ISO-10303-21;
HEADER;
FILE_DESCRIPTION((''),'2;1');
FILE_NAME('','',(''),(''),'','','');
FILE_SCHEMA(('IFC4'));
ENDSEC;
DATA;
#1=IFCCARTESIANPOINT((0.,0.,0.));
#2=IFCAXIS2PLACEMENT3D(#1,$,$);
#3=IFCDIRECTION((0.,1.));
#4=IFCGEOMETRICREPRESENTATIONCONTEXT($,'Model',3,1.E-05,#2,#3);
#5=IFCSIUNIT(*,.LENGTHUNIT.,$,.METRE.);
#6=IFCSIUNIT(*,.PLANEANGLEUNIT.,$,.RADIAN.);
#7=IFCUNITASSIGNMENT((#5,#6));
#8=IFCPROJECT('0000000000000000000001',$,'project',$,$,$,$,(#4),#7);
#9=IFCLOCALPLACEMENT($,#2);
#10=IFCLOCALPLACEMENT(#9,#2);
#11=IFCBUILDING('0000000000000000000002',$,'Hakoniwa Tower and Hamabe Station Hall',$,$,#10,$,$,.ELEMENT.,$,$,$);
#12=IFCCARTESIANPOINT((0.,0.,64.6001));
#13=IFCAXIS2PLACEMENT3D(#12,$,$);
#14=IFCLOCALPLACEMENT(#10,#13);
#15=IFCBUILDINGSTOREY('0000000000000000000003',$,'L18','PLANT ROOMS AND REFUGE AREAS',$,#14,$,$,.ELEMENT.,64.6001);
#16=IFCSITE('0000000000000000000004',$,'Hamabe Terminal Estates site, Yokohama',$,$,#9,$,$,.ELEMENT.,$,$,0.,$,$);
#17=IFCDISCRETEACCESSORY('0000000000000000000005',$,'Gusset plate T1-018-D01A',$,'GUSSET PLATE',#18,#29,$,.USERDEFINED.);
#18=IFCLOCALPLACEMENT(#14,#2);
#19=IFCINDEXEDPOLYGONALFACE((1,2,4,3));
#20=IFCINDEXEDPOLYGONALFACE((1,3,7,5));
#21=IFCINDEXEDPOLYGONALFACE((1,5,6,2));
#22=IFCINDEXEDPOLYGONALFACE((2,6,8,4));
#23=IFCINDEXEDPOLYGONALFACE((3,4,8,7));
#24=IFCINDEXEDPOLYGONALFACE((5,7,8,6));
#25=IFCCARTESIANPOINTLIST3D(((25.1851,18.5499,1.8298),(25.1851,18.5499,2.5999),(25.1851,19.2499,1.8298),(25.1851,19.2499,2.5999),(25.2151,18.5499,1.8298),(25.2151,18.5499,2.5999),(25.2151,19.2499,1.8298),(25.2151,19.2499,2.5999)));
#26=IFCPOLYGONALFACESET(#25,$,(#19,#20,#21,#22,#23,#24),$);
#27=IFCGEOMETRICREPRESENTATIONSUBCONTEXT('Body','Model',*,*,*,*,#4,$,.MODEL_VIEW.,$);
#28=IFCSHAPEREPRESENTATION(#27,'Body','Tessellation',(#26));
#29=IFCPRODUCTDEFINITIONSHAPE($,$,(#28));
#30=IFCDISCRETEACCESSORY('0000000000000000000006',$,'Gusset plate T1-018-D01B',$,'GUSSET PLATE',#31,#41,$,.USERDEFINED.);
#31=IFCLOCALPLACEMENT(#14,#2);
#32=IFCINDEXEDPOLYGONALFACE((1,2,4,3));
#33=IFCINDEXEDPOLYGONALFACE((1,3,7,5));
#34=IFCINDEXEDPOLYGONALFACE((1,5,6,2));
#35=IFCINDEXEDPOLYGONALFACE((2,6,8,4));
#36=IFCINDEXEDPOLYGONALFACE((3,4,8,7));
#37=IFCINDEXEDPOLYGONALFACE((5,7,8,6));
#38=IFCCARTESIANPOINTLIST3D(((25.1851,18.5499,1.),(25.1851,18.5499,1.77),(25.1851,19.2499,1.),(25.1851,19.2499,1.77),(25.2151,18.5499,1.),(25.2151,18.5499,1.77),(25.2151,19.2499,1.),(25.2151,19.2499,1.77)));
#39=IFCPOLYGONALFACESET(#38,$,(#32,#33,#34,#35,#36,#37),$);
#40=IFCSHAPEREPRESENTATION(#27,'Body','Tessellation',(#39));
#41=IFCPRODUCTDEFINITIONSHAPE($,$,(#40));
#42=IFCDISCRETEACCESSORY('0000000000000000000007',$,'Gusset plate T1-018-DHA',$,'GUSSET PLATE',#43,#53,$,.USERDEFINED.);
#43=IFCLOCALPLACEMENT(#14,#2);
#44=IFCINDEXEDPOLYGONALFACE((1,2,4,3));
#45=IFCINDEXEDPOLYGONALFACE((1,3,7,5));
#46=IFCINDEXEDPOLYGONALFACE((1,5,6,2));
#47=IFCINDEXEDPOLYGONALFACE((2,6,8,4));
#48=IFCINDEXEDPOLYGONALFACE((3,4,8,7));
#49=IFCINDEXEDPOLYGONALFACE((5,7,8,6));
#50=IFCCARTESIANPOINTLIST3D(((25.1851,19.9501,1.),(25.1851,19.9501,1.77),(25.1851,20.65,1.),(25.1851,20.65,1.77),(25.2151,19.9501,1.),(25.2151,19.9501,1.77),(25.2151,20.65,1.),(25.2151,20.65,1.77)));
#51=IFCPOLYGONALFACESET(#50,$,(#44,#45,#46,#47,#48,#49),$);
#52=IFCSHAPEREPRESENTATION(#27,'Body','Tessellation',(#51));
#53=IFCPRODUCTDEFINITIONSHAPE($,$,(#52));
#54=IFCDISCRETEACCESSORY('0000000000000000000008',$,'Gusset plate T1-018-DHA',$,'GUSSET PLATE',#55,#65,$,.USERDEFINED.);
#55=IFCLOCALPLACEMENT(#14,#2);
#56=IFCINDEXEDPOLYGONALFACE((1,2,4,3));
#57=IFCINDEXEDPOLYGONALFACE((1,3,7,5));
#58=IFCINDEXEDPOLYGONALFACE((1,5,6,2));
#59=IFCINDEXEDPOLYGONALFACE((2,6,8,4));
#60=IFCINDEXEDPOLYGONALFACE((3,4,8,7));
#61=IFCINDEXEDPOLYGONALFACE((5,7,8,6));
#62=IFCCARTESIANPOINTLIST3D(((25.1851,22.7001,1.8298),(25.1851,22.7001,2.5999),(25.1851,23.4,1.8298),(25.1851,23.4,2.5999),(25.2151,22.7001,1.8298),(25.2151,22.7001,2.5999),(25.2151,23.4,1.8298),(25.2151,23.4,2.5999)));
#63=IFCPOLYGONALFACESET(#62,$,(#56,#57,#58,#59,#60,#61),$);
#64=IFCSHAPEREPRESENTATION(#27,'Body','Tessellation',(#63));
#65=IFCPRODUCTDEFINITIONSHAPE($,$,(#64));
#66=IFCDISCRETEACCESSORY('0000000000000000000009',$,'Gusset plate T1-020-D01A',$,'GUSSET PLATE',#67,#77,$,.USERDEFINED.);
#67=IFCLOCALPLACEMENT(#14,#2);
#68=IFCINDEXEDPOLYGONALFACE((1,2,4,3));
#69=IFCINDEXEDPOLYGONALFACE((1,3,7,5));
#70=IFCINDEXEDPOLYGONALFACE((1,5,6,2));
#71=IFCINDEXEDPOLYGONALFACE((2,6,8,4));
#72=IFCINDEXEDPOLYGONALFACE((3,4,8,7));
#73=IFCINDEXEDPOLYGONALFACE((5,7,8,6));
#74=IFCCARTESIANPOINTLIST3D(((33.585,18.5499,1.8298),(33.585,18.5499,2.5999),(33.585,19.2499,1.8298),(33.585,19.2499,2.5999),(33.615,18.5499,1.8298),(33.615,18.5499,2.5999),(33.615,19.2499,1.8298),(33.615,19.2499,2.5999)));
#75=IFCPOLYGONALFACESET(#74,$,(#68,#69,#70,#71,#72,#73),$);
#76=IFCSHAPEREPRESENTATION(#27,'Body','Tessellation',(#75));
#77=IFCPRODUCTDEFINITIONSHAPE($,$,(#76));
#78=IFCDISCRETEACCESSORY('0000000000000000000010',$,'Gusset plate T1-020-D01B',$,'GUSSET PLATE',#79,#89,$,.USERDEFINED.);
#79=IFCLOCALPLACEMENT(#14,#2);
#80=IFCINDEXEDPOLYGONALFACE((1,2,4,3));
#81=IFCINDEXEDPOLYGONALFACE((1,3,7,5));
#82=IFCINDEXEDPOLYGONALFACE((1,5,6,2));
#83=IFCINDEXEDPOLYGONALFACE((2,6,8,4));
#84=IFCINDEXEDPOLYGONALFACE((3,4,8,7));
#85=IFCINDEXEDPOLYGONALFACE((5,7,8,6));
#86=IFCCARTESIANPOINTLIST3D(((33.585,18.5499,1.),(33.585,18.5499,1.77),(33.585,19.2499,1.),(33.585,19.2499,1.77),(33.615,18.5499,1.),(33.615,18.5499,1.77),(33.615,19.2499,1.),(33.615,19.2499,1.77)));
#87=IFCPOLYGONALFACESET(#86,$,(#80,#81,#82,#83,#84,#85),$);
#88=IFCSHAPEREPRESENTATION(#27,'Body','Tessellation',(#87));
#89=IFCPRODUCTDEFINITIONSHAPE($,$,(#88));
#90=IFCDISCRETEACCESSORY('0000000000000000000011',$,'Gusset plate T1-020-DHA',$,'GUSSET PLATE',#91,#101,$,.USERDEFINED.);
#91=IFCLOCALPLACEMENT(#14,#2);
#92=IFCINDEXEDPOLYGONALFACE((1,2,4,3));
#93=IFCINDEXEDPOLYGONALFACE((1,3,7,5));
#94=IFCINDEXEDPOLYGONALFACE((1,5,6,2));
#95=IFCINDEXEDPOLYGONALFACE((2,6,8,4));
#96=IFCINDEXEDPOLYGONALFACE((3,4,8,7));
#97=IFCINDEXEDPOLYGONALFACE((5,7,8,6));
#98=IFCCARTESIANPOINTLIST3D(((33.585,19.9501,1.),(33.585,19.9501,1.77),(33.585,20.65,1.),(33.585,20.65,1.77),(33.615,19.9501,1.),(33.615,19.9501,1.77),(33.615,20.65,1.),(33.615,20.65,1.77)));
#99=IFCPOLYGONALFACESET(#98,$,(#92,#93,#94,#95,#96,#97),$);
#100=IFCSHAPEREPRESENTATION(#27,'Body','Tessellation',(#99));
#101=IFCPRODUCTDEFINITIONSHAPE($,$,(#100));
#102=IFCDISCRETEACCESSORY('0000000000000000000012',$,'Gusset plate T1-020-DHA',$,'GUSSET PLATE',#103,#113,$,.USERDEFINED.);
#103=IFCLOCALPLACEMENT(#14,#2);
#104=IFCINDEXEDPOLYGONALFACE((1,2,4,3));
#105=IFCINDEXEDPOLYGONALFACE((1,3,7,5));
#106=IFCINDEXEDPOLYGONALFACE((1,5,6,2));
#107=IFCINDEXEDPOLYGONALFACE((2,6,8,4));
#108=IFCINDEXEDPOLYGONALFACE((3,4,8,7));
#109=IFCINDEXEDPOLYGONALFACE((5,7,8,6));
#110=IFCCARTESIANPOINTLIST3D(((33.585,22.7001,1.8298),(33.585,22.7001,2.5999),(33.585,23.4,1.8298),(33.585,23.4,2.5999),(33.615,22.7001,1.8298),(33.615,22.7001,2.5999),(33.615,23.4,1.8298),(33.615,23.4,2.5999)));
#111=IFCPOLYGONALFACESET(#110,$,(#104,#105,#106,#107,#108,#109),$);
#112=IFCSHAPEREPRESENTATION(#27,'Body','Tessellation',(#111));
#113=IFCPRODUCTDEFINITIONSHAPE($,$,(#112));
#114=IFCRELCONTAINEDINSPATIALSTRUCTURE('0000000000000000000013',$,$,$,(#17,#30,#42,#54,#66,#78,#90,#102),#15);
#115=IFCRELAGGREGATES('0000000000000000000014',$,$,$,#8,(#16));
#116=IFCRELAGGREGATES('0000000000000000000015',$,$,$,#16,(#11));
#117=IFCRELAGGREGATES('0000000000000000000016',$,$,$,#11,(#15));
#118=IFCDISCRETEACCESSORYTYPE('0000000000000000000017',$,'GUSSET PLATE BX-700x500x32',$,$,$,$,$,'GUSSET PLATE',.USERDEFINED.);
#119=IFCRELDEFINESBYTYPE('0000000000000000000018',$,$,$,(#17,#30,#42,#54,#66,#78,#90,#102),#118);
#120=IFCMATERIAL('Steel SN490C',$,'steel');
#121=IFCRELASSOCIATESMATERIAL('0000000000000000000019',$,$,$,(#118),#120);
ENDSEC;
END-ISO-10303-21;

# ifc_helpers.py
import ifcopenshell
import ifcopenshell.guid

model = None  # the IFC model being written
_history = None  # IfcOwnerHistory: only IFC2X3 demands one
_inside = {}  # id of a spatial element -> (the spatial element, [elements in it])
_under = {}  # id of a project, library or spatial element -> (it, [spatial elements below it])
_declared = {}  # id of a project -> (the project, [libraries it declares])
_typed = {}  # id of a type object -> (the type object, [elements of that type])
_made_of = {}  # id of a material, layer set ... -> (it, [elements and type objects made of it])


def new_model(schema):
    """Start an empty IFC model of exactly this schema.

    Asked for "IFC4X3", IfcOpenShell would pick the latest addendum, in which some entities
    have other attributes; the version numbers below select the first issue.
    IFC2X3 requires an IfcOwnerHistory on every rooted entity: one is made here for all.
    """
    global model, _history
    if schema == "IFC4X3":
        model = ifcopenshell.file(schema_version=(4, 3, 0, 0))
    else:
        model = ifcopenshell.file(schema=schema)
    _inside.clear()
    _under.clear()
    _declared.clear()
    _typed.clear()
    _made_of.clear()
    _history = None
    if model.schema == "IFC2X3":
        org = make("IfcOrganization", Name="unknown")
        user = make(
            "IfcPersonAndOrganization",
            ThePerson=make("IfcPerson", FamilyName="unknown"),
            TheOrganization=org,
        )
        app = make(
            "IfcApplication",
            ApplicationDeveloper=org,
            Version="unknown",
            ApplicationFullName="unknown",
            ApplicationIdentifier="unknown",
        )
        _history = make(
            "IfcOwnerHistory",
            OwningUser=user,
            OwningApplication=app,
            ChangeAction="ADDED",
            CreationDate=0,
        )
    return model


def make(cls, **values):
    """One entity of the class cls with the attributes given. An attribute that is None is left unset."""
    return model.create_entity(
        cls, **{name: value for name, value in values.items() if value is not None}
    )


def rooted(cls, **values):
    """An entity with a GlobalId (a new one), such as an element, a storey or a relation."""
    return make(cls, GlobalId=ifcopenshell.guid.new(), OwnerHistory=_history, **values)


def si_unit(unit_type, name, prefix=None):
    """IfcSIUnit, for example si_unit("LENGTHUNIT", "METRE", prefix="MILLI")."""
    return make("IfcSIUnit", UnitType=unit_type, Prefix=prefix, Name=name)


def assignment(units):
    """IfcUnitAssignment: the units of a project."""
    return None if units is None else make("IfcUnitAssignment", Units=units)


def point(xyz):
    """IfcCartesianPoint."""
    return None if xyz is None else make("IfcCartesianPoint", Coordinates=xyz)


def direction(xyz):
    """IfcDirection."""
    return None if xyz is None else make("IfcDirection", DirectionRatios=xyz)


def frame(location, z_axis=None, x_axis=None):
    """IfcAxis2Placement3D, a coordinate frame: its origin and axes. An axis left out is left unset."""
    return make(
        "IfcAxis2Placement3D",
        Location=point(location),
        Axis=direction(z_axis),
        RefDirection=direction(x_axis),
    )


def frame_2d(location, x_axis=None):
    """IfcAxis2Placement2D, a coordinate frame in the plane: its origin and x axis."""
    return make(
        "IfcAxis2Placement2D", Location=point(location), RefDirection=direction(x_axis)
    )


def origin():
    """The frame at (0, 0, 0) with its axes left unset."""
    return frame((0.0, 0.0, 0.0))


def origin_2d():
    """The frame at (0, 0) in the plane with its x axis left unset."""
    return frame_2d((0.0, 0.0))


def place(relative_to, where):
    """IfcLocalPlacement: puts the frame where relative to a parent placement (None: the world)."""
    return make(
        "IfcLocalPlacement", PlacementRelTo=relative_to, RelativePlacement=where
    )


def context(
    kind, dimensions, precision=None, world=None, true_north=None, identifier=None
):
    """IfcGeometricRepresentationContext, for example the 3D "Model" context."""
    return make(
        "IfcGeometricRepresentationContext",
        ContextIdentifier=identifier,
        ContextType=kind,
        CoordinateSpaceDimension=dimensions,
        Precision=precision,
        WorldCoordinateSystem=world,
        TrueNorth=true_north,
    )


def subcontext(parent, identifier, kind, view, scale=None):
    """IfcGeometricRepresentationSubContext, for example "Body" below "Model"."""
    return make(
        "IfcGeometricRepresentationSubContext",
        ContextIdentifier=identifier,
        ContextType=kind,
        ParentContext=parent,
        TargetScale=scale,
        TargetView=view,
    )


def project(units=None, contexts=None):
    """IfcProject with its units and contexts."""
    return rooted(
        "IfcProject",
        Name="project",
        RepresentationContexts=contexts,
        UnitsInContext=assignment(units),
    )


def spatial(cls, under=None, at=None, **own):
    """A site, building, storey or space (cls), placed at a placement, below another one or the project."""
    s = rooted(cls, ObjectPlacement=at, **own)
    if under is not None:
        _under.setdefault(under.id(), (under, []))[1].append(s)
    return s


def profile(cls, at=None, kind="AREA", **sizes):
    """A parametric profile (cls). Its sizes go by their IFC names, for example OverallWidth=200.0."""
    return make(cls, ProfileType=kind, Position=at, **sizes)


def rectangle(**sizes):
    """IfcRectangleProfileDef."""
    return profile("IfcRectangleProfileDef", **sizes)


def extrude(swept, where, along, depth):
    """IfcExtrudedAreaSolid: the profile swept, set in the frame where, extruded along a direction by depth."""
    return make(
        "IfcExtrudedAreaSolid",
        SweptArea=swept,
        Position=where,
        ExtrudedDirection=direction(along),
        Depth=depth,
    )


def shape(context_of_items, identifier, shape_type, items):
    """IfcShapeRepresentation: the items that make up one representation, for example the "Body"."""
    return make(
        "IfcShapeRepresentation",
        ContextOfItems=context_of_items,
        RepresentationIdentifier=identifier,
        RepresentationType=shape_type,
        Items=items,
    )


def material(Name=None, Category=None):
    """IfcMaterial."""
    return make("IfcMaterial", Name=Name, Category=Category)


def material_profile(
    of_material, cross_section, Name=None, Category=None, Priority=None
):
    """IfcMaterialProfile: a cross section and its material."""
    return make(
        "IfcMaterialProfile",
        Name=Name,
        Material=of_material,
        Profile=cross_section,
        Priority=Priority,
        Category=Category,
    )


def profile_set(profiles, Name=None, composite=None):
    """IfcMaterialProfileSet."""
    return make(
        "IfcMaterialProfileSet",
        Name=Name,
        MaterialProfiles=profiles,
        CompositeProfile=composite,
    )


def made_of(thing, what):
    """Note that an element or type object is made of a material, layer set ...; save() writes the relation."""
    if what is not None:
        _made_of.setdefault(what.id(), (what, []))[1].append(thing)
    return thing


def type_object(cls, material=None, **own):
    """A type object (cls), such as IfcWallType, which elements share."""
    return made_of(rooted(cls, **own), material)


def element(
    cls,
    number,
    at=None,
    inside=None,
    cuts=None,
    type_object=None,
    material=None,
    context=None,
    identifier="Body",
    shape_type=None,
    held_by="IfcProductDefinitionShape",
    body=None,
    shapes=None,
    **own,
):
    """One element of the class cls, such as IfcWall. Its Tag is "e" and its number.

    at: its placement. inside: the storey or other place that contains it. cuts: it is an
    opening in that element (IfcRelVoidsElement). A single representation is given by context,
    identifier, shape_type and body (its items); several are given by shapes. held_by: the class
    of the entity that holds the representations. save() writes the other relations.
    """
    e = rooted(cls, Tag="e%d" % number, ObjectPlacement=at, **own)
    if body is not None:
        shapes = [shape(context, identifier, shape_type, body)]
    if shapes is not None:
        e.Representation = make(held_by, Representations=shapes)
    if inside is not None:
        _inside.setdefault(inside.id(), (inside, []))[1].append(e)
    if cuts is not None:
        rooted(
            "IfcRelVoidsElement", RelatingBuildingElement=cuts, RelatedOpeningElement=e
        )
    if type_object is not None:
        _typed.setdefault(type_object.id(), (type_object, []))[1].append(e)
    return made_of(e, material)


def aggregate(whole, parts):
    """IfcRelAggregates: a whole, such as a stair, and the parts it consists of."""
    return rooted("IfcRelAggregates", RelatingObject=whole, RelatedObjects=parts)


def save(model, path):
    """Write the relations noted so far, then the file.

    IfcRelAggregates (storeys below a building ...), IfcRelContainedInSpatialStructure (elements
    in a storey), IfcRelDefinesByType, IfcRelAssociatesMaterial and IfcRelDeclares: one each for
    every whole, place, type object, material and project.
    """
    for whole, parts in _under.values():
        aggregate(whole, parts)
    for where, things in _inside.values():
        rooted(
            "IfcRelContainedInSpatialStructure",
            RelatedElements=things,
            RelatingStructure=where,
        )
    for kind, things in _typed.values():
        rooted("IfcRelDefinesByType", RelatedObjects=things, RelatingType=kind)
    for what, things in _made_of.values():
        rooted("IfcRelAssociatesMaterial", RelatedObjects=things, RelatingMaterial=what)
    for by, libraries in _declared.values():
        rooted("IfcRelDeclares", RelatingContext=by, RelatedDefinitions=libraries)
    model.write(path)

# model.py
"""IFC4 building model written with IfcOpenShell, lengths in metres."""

from ifc_helpers import new_model, si_unit, direction, frame, origin, origin_2d, place, context, subcontext, project, spatial, rectangle, extrude, material, material_profile, profile_set, type_object, element, save


model = new_model("IFC4")

# Units and contexts
model_context = context("Model", 3, precision=1e-05, world=origin(), true_north=direction((0.0, 1.0)))
body_context = subcontext(model_context, "Body", "Model", "MODEL_VIEW")
ifc_project = project(units=[si_unit("LENGTHUNIT", "METRE"), si_unit("PLANEANGLEUNIT", "RADIAN")], contexts=[model_context])

# Site, building, storey
site_placement = place(None, origin())
site = spatial("IfcSite", under=ifc_project, at=site_placement, Name="Hamabe Terminal Estates site, Yokohama", CompositionType="ELEMENT", RefElevation=0.0)
building_placement = place(site_placement, origin())
building = spatial("IfcBuilding", under=site, at=building_placement, Name="Hakoniwa Tower and Hamabe Station Hall", CompositionType="ELEMENT")
storey_placement = place(building_placement, frame((0.0, 0.0, 64.6001)))
storey = spatial("IfcBuildingStorey", under=building, at=storey_placement, Name="L18", Description="PLANT ROOMS AND REFUGE AREAS", CompositionType="ELEMENT", Elevation=64.6001)

# Discrete accessories
ifc_material_1 = material(Name="Steel SN490C", Category="steel")
ifc_material_profile_1 = material_profile(ifc_material_1, rectangle(XDim=0.7, YDim=0.77, at=origin_2d()), Name="GUSSET PLATE BX-700x500x32")
ifc_profile_set_1 = profile_set([ifc_material_profile_1], Name="Steel SN490C")
discrete_accessory_type = type_object("IfcDiscreteAccessoryType", Name="GUSSET PLATE BX-700x500x32", ElementType="GUSSET PLATE", PredefinedType="USERDEFINED", material=ifc_profile_set_1)
for number, where, z_axis, x_axis, name in (
    (1, (25.2151, 18.8999, 2.2148), (-1.0, 0.0, 0.0), (0.0, -1.0, 0.0), "Gusset plate T1-018-D01A"),
    (2, (25.2151, 18.8999, 1.385), (-1.0, 0.0, 0.0), (0.0, -1.0, 0.0), "Gusset plate T1-018-D01B"),
    (3, (25.2151, 20.3, 1.385), (-1.0, 0.0, 0.0), (0.0, -1.0, 0.0), "Gusset plate T1-018-DHA"),
    (4, (25.2151, 23.05, 2.2148), (-1.0, 0.0, 0.0), (0.0, -1.0, 0.0), "Gusset plate T1-018-DHA"),
    (5, (33.615, 18.8999, 2.2148), (-1.0, 0.0, 0.0), (0.0, -1.0, 0.0), "Gusset plate T1-020-D01A"),
    (6, (33.615, 18.8999, 1.385), (-1.0, 0.0, 0.0), (0.0, -1.0, 0.0), "Gusset plate T1-020-D01B"),
    (7, (33.615, 20.3, 1.385), (-1.0, 0.0, 0.0), (0.0, -1.0, 0.0), "Gusset plate T1-020-DHA"),
    (8, (33.615, 23.05, 2.2148), (-1.0, 0.0, 0.0), (0.0, -1.0, 0.0), "Gusset plate T1-020-DHA"),
):
    element("IfcDiscreteAccessory", number, at=place(storey_placement, frame(where, z_axis=z_axis, x_axis=x_axis)), inside=storey, type_object=discrete_accessory_type, Name=name, ObjectType="GUSSET PLATE", PredefinedType="USERDEFINED", context=body_context, shape_type="SweptSolid", body=[
        extrude(rectangle(XDim=0.7, YDim=0.77, at=origin_2d()), origin(), (0.0, 0.0, 1.0), 0.03),
    ])

save(model, "model.ifc")
